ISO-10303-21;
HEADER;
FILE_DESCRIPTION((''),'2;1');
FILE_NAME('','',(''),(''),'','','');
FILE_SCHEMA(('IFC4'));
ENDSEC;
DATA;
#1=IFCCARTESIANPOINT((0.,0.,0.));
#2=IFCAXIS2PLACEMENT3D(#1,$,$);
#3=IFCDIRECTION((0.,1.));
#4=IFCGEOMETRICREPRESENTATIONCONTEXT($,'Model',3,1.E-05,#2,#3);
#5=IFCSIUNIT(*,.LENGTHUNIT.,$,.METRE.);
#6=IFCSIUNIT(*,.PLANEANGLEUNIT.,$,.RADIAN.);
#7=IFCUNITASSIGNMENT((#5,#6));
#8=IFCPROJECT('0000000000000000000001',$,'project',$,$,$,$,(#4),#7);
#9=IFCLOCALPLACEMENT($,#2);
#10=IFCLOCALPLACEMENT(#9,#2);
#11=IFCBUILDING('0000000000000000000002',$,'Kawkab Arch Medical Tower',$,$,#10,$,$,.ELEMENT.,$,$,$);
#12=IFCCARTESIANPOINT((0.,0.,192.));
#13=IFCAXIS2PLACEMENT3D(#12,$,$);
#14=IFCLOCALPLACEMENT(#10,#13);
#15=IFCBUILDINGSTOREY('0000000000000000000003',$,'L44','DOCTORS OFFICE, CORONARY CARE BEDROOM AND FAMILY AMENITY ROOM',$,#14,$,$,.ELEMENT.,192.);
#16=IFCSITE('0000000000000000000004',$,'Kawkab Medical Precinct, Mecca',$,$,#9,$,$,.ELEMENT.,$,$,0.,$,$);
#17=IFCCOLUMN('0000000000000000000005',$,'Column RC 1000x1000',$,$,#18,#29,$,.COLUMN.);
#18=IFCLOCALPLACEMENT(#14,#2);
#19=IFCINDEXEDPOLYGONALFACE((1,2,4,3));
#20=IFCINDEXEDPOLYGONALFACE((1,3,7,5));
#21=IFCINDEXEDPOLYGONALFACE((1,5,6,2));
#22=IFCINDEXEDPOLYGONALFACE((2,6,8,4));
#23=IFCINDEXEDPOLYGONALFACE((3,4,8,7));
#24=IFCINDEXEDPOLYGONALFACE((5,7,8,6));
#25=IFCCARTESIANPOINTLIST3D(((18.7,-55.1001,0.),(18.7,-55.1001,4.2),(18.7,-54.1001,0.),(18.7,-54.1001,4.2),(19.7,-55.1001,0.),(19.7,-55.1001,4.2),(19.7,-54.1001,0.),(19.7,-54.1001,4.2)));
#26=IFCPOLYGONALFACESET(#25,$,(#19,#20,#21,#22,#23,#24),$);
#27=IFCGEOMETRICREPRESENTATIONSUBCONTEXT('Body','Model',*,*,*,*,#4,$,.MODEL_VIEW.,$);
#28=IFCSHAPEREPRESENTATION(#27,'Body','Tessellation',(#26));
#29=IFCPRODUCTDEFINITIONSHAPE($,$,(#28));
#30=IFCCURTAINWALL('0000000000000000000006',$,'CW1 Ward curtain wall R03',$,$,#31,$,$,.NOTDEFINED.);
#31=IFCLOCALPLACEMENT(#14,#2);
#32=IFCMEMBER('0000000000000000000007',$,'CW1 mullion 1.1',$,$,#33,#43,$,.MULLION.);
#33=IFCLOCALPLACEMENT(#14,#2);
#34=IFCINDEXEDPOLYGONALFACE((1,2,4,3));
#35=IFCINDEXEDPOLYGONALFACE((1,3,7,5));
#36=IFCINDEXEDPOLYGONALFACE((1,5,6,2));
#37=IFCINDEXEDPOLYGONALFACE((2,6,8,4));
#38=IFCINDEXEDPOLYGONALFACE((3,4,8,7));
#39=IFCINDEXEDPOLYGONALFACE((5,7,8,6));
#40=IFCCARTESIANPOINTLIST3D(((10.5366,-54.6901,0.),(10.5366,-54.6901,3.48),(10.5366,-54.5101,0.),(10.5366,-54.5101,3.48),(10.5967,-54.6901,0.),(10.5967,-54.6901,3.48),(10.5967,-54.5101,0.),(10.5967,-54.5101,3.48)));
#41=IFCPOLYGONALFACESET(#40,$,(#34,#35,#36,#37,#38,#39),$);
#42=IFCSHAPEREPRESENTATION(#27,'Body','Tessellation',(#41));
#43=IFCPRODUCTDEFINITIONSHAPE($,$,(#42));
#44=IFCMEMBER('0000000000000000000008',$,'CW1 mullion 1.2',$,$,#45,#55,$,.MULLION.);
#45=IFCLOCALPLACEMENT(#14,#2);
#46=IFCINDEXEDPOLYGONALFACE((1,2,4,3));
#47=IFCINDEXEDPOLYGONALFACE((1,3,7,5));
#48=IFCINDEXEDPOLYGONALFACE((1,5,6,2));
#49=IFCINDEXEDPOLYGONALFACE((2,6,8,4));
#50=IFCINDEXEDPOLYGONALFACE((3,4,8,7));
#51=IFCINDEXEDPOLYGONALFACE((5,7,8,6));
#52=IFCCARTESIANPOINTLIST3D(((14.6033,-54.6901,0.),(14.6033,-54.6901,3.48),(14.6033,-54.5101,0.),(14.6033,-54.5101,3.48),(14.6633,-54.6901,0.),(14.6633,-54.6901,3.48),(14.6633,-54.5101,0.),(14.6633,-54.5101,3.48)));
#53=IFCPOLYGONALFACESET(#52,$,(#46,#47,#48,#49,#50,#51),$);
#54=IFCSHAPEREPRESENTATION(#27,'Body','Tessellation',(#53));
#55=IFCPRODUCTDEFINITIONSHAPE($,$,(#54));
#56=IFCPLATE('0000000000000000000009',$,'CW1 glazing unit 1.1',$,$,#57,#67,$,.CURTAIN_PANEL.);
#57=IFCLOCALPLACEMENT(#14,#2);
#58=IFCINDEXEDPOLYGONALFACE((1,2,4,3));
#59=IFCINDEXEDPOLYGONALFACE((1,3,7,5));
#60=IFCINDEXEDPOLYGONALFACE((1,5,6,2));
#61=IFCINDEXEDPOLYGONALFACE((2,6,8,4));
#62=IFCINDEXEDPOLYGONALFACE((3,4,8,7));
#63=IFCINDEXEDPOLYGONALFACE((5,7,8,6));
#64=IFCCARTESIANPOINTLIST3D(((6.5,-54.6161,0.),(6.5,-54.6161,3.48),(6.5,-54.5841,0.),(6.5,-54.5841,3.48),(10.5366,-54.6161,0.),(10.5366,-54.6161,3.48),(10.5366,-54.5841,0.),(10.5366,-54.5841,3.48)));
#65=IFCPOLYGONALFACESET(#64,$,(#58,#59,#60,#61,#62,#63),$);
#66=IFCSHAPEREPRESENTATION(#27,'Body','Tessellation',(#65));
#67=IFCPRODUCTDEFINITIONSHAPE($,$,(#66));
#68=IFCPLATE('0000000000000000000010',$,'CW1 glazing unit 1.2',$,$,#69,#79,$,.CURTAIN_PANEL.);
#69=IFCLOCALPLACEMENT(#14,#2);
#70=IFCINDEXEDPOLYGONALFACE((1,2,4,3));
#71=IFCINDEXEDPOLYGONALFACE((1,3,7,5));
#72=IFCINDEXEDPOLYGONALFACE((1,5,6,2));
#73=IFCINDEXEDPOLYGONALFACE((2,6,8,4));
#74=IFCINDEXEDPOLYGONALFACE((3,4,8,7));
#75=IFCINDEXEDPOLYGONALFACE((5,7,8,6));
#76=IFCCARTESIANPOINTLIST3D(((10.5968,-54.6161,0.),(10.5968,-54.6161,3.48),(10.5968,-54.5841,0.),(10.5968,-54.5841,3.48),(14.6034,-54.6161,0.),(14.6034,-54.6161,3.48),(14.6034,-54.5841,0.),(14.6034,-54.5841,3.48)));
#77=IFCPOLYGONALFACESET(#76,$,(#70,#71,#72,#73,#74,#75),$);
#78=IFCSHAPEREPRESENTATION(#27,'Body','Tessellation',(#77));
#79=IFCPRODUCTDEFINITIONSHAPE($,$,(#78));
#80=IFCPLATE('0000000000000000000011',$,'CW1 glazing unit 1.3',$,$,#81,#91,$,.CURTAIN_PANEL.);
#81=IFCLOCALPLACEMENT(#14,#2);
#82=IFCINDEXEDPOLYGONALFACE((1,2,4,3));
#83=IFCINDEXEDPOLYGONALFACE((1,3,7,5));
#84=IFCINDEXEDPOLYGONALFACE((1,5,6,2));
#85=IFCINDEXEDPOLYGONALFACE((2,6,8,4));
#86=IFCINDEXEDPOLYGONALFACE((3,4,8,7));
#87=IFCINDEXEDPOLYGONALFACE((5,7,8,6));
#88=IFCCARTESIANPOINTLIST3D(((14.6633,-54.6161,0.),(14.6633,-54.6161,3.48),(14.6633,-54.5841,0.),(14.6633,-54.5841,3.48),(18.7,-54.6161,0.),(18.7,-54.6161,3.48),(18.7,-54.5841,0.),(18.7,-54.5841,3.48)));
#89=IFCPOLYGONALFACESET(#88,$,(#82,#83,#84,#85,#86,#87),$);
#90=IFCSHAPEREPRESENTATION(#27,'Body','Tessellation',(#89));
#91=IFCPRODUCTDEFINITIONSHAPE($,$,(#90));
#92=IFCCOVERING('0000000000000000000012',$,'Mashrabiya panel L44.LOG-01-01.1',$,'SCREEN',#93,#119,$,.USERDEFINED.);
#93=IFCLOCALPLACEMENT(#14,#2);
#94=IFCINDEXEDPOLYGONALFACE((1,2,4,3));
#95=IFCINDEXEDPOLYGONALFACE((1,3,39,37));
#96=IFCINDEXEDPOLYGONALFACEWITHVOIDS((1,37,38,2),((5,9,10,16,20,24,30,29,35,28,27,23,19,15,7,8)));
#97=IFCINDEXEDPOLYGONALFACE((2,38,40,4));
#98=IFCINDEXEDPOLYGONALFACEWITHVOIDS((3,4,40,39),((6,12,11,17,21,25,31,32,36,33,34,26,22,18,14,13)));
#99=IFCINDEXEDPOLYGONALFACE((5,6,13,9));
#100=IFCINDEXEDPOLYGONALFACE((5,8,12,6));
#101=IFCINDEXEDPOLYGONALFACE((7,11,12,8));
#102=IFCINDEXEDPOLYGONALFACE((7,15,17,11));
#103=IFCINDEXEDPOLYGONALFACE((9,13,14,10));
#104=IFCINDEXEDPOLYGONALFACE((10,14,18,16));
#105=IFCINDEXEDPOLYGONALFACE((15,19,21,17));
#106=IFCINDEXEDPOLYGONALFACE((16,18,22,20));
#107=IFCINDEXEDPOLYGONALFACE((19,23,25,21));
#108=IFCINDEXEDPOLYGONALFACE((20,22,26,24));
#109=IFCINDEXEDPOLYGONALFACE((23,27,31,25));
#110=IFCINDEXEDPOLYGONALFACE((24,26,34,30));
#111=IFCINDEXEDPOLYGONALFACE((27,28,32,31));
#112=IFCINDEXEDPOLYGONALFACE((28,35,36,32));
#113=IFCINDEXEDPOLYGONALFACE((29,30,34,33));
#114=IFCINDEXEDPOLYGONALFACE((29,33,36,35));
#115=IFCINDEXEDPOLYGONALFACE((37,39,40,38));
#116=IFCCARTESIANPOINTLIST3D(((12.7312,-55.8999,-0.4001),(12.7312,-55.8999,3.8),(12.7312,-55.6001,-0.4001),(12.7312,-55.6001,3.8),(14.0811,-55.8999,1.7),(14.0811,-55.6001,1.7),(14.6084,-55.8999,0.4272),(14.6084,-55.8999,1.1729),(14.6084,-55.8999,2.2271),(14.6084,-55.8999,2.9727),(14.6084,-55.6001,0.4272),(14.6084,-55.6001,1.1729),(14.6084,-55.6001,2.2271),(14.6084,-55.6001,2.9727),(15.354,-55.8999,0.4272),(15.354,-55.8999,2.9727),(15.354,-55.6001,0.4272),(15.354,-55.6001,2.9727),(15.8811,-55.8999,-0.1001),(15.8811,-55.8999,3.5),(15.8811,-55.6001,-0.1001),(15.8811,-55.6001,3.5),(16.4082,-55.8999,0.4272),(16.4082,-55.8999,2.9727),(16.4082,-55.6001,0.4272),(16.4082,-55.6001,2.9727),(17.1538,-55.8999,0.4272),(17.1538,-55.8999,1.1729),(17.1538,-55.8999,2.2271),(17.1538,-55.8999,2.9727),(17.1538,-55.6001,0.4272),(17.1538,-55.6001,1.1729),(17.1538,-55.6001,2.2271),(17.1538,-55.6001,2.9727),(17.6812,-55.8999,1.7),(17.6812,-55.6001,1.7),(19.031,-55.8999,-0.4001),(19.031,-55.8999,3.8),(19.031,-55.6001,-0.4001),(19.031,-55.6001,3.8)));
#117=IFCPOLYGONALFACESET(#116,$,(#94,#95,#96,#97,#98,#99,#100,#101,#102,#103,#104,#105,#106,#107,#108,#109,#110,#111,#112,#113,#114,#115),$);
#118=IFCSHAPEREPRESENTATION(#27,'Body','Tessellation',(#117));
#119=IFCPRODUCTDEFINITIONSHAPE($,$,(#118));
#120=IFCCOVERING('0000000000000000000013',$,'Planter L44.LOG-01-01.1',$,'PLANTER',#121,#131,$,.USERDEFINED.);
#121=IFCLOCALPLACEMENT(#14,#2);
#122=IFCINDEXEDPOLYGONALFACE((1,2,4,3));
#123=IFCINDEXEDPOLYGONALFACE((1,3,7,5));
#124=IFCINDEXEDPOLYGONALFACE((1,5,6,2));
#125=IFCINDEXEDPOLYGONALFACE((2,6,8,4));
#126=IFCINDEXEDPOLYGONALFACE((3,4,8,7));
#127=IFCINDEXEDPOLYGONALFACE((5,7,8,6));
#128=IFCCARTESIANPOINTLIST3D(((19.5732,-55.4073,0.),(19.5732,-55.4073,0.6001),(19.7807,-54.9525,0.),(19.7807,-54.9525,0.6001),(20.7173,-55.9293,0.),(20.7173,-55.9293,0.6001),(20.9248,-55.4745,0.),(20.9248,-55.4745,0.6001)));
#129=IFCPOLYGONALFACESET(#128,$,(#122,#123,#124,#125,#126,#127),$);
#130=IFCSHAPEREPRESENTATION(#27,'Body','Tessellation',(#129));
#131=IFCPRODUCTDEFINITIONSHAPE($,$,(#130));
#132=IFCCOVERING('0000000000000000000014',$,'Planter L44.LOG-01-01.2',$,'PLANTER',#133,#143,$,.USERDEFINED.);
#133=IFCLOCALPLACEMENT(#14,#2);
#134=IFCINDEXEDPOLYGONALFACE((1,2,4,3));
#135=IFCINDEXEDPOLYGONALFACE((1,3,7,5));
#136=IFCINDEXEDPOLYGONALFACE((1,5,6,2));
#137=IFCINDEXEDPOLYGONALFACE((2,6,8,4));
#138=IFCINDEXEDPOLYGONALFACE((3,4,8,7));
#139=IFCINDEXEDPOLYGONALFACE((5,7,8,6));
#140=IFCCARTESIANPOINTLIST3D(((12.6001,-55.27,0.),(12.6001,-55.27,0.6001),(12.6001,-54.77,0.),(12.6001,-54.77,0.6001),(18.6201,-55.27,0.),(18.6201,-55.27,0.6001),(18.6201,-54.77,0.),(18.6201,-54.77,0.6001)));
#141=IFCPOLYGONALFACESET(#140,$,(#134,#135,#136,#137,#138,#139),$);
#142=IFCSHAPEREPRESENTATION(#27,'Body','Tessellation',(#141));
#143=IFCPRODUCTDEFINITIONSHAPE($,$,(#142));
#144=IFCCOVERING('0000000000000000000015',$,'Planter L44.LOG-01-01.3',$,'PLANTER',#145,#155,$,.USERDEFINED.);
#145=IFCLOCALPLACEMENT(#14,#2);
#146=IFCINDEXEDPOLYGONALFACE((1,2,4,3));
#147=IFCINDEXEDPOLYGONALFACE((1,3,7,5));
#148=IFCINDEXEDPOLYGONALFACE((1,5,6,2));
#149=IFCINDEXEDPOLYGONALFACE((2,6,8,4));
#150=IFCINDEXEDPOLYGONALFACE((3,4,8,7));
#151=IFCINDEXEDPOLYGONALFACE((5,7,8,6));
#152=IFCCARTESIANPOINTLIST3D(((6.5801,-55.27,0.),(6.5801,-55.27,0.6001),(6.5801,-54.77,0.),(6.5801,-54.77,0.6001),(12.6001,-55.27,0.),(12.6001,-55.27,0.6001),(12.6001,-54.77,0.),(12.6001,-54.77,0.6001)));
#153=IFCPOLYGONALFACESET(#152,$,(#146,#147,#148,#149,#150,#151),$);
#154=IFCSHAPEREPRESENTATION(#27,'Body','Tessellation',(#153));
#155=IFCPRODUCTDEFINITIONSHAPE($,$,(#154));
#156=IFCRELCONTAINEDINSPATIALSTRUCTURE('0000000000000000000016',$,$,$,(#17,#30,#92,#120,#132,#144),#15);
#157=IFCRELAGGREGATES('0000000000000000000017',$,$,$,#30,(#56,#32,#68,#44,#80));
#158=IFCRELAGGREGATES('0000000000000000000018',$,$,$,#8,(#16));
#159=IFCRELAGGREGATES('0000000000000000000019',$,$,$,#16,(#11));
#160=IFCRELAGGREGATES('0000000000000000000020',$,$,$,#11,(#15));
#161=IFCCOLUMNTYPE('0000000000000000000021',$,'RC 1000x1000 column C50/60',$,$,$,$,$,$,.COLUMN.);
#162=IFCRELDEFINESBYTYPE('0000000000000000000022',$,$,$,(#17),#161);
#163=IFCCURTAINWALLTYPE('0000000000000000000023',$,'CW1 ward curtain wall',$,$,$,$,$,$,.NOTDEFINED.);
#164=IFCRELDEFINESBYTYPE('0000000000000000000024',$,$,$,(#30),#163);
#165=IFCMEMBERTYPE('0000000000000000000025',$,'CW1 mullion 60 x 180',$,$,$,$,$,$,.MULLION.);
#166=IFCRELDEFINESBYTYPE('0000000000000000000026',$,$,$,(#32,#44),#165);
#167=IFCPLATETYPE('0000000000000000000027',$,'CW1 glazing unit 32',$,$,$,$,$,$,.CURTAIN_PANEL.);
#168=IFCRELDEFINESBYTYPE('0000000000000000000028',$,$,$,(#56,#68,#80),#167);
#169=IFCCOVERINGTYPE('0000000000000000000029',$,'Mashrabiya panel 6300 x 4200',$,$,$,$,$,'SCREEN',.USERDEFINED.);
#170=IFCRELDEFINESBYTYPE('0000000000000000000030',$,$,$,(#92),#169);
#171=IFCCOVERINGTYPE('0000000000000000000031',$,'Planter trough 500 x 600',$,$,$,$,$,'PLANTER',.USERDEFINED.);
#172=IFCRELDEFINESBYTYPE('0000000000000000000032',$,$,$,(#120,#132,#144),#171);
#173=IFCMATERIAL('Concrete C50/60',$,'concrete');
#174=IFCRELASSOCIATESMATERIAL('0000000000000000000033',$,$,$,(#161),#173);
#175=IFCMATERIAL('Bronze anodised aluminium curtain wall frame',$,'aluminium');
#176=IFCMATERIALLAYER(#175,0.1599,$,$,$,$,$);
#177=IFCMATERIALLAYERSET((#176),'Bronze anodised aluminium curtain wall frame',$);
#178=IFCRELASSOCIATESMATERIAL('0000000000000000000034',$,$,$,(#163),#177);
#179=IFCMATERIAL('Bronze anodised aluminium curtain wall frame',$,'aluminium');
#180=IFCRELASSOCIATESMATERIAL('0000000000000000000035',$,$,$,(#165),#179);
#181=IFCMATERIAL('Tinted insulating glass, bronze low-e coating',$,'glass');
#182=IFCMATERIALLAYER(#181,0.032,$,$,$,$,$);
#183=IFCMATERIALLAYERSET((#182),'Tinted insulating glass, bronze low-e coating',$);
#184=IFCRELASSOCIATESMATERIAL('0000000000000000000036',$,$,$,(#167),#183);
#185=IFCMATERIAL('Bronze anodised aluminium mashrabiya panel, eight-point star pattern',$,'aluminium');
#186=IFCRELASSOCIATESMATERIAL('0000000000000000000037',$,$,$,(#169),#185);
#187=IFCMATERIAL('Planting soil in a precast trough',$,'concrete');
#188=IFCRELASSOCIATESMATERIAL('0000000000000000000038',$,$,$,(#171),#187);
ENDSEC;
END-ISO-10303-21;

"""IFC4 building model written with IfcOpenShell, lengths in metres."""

from ifc_helpers import new_model, si_unit, direction, frame, origin, origin_2d, place, context, subcontext, project, spatial, polyline, rectangle, outline, extrude, material, layer, layer_set, material_profile, profile_set, type_object, element, aggregate, save


model = new_model("IFC4")

# Units and contexts
model_context = context("Model", 3, precision=1e-05, world=origin(), true_north=direction((0.0, 1.0)))
body_context = subcontext(model_context, "Body", "Model", "MODEL_VIEW")
ifc_project = project(units=[si_unit("LENGTHUNIT", "METRE"), si_unit("PLANEANGLEUNIT", "RADIAN")], contexts=[model_context])

# Site, building, storey
site_placement = place(None, origin())
site = spatial("IfcSite", under=ifc_project, at=site_placement, Name="Kawkab Medical Precinct, Mecca", CompositionType="ELEMENT", RefElevation=0.0)
building_placement = place(site_placement, origin())
building = spatial("IfcBuilding", under=site, at=building_placement, Name="Kawkab Arch Medical Tower", CompositionType="ELEMENT")
storey_placement = place(building_placement, frame((0.0, 0.0, 192.0)))
storey = spatial("IfcBuildingStorey", under=building, at=storey_placement, Name="L44", Description="DOCTORS OFFICE, CORONARY CARE BEDROOM AND FAMILY AMENITY ROOM", CompositionType="ELEMENT", Elevation=192.0)

# Column
ifc_material_1 = material(Name="Concrete C50/60", Category="concrete")
ifc_material_profile_1 = material_profile(ifc_material_1, rectangle(XDim=1.0, YDim=1.0, at=origin_2d()), Name="RC 1000x1000")
ifc_profile_set_1 = profile_set([ifc_material_profile_1], Name="Concrete C50/60")
column_type = type_object("IfcColumnType", Name="RC 1000x1000 column C50/60", PredefinedType="COLUMN", material=ifc_profile_set_1)
column_placement = place(storey_placement, frame((19.2, -54.6001, 0.0), z_axis=(0.0, 0.0, 1.0), x_axis=(1.0, 0.0, 0.0)))
element("IfcColumn", 1, at=column_placement, inside=storey, type_object=column_type, Name="Column RC 1000x1000", PredefinedType="COLUMN", context=body_context, shape_type="SweptSolid", body=[
    extrude(rectangle(XDim=1.0, YDim=1.0, at=origin_2d()), origin(), (0.0, 0.0, 1.0), 4.2),
])

# Curtain wall, members, plates
ifc_material_2 = material(Name="Bronze anodised aluminium curtain wall frame", Category="aluminium")
ifc_layer_1 = layer(ifc_material_2, 0.1599)
ifc_layer_set_1 = layer_set([ifc_layer_1], Name="Bronze anodised aluminium curtain wall frame")
curtain_wall_type = type_object("IfcCurtainWallType", Name="CW1 ward curtain wall", PredefinedType="NOTDEFINED", material=ifc_layer_set_1)
curtain_wall_placement = place(storey_placement, origin())
curtain_wall = element("IfcCurtainWall", 2, at=curtain_wall_placement, inside=storey, type_object=curtain_wall_type, Name="CW1 Ward curtain wall R03", PredefinedType="NOTDEFINED")
ifc_material_3 = material(Name="Bronze anodised aluminium curtain wall frame", Category="aluminium")
ifc_material_profile_2 = material_profile(ifc_material_3, rectangle(XDim=0.1799, YDim=0.0601, at=origin_2d()), Name="AL 60x180")
ifc_profile_set_2 = profile_set([ifc_material_profile_2], Name="Bronze anodised aluminium curtain wall frame")
member_type = type_object("IfcMemberType", Name="CW1 mullion 60 x 180", PredefinedType="MULLION", material=ifc_profile_set_2)
member_1_placement = place(storey_placement, frame((10.5667, -54.6001, 0.0), z_axis=(0.0, 0.0, 1.0), x_axis=(0.0, 1.0, 0.0)))
member_1 = element("IfcMember", 3, at=member_1_placement, type_object=member_type, Name="CW1 mullion 1.1", PredefinedType="MULLION", context=body_context, shape_type="SweptSolid", body=[
    extrude(rectangle(XDim=0.1799, YDim=0.0601, at=origin_2d()), origin(), (0.0, 0.0, 1.0), 3.48),
])
member_2_placement = place(storey_placement, frame((14.6333, -54.6001, 0.0), z_axis=(0.0, 0.0, 1.0), x_axis=(0.0, 1.0, 0.0)))
member_2 = element("IfcMember", 4, at=member_2_placement, type_object=member_type, Name="CW1 mullion 1.2", PredefinedType="MULLION", context=body_context, shape_type="SweptSolid", body=[
    extrude(rectangle(XDim=0.1799, YDim=0.0601, at=origin_2d()), origin(), (0.0, 0.0, 1.0), 3.48),
])
ifc_material_4 = material(Name="Tinted insulating glass, bronze low-e coating", Category="glass")
ifc_layer_2 = layer(ifc_material_4, 0.032)
ifc_layer_set_2 = layer_set([ifc_layer_2], Name="Tinted insulating glass, bronze low-e coating")
plate_type = type_object("IfcPlateType", Name="CW1 glazing unit 32", PredefinedType="CURTAIN_PANEL", material=ifc_layer_set_2)
plate_1_placement = place(storey_placement, frame((8.5183, -54.6001, 0.0), z_axis=(0.0, 0.0, 1.0), x_axis=(1.0, 0.0, 0.0)))
plate_1 = element("IfcPlate", 5, at=plate_1_placement, type_object=plate_type, Name="CW1 glazing unit 1.1", PredefinedType="CURTAIN_PANEL", context=body_context, shape_type="SweptSolid", body=[
    extrude(rectangle(XDim=4.0366, YDim=0.032, at=origin_2d()), origin(), (0.0, 0.0, 1.0), 3.48),
])
plate_2_placement = place(storey_placement, frame((12.6001, -54.6001, 0.0), z_axis=(0.0, 0.0, 1.0), x_axis=(1.0, 0.0, 0.0)))
plate_2 = element("IfcPlate", 6, at=plate_2_placement, type_object=plate_type, Name="CW1 glazing unit 1.2", PredefinedType="CURTAIN_PANEL", context=body_context, shape_type="SweptSolid", body=[
    extrude(rectangle(XDim=4.0066, YDim=0.032, at=origin_2d()), origin(), (0.0, 0.0, 1.0), 3.48),
])
plate_3_placement = place(storey_placement, frame((16.6816, -54.6001, 0.0), z_axis=(0.0, 0.0, 1.0), x_axis=(1.0, 0.0, 0.0)))
plate_3 = element("IfcPlate", 7, at=plate_3_placement, type_object=plate_type, Name="CW1 glazing unit 1.3", PredefinedType="CURTAIN_PANEL", context=body_context, shape_type="SweptSolid", body=[
    extrude(rectangle(XDim=4.0366, YDim=0.032, at=origin_2d()), origin(), (0.0, 0.0, 1.0), 3.48),
])
aggregate(curtain_wall, [plate_1, member_1, plate_2, member_2, plate_3])

# Coverings
ifc_material_5 = material(Name="Bronze anodised aluminium mashrabiya panel, eight-point star pattern", Category="aluminium")
ifc_material_profile_3 = material_profile(ifc_material_5, outline(polyline([(-3.1499, -2.1001), (3.1499, -2.1001), (3.1499, 2.1001), (-3.1499, 2.1001), (-3.1499, -2.1001)]), holes=[polyline([(1.8, 0.0), (1.2727, 0.5271), (1.2727, 1.2727), (0.5271, 1.2727), (0.0, 1.8), (-0.5271, 1.2727), (-1.2727, 1.2727), (-1.2727, 0.5271), (-1.8, 0.0), (-1.2727, -0.5271), (-1.2727, -1.2727), (-0.5271, -1.2727), (0.0, -1.8), (0.5271, -1.2727), (1.2727, -1.2727), (1.2727, -0.5271), (1.8, 0.0)])]), Name="Mashrabiya panel 6300x4200")
ifc_profile_set_3 = profile_set([ifc_material_profile_3], Name="Bronze anodised aluminium mashrabiya panel, eight-point star pattern")
covering_type_1 = type_object("IfcCoveringType", Name="Mashrabiya panel 6300 x 4200", ElementType="SCREEN", PredefinedType="USERDEFINED", material=ifc_profile_set_3)
covering_1_placement = place(storey_placement, frame((15.8811, -55.6001, 1.7), z_axis=(0.0, -1.0, 0.0), x_axis=(1.0, 0.0, 0.0)))
element("IfcCovering", 8, at=covering_1_placement, inside=storey, type_object=covering_type_1, Name="Mashrabiya panel L44.LOG-01-01.1", ObjectType="SCREEN", PredefinedType="USERDEFINED", context=body_context, shape_type="SweptSolid", body=[
    extrude(outline(polyline([(-3.1499, -2.1001), (3.1499, -2.1001), (3.1499, 2.1001), (-3.1499, 2.1001), (-3.1499, -2.1001)]), holes=[polyline([(1.8, 0.0), (1.2727, 0.5271), (1.2727, 1.2727), (0.5271, 1.2727), (0.0, 1.8), (-0.5271, 1.2727), (-1.2727, 1.2727), (-1.2727, 0.5271), (-1.8, 0.0), (-1.2727, -0.5271), (-1.2727, -1.2727), (-0.5271, -1.2727), (0.0, -1.8), (0.5271, -1.2727), (1.2727, -1.2727), (1.2727, -0.5271), (1.8, 0.0)])]), origin(), (0.0, 0.0, 1.0), 0.2998),
])
ifc_material_6 = material(Name="Planting soil in a precast trough", Category="concrete")
ifc_material_profile_4 = material_profile(ifc_material_6, rectangle(XDim=0.5, YDim=0.6001, at=origin_2d()), Name="Trough 500x600")
ifc_profile_set_4 = profile_set([ifc_material_profile_4], Name="Planting soil in a precast trough")
covering_type_2 = type_object("IfcCoveringType", Name="Planter trough 500 x 600", ElementType="PLANTER", PredefinedType="USERDEFINED", material=ifc_profile_set_4)
covering_2_placement = place(storey_placement, frame((20.821, -55.7019, 0.3), z_axis=(-0.90978, 0.41509, 0.0), x_axis=(-0.41509, -0.90978, 0.0)))
element("IfcCovering", 9, at=covering_2_placement, inside=storey, type_object=covering_type_2, Name="Planter L44.LOG-01-01.1", ObjectType="PLANTER", PredefinedType="USERDEFINED", context=body_context, shape_type="SweptSolid", body=[
    extrude(rectangle(XDim=0.5, YDim=0.6001, at=origin_2d()), origin(), (0.0, 0.0, 1.0), 1.2576),
])
for number, where, z_axis, x_axis, name in (
    (10, (18.6201, -55.02, 0.3), (-1.0, 0.0, 0.0), (0.0, -1.0, 0.0), "Planter L44.LOG-01-01.2"),
    (11, (12.6001, -55.02, 0.3), (-1.0, 0.0, 0.0), (0.0, -1.0, 0.0), "Planter L44.LOG-01-01.3"),
):
    element("IfcCovering", number, at=place(storey_placement, frame(where, z_axis=z_axis, x_axis=x_axis)), inside=storey, type_object=covering_type_2, Name=name, ObjectType="PLANTER", PredefinedType="USERDEFINED", context=body_context, shape_type="SweptSolid", body=[
        extrude(rectangle(XDim=0.5, YDim=0.6001, at=origin_2d()), origin(), (0.0, 0.0, 1.0), 6.02),
    ])

save(model, "model.ifc")
